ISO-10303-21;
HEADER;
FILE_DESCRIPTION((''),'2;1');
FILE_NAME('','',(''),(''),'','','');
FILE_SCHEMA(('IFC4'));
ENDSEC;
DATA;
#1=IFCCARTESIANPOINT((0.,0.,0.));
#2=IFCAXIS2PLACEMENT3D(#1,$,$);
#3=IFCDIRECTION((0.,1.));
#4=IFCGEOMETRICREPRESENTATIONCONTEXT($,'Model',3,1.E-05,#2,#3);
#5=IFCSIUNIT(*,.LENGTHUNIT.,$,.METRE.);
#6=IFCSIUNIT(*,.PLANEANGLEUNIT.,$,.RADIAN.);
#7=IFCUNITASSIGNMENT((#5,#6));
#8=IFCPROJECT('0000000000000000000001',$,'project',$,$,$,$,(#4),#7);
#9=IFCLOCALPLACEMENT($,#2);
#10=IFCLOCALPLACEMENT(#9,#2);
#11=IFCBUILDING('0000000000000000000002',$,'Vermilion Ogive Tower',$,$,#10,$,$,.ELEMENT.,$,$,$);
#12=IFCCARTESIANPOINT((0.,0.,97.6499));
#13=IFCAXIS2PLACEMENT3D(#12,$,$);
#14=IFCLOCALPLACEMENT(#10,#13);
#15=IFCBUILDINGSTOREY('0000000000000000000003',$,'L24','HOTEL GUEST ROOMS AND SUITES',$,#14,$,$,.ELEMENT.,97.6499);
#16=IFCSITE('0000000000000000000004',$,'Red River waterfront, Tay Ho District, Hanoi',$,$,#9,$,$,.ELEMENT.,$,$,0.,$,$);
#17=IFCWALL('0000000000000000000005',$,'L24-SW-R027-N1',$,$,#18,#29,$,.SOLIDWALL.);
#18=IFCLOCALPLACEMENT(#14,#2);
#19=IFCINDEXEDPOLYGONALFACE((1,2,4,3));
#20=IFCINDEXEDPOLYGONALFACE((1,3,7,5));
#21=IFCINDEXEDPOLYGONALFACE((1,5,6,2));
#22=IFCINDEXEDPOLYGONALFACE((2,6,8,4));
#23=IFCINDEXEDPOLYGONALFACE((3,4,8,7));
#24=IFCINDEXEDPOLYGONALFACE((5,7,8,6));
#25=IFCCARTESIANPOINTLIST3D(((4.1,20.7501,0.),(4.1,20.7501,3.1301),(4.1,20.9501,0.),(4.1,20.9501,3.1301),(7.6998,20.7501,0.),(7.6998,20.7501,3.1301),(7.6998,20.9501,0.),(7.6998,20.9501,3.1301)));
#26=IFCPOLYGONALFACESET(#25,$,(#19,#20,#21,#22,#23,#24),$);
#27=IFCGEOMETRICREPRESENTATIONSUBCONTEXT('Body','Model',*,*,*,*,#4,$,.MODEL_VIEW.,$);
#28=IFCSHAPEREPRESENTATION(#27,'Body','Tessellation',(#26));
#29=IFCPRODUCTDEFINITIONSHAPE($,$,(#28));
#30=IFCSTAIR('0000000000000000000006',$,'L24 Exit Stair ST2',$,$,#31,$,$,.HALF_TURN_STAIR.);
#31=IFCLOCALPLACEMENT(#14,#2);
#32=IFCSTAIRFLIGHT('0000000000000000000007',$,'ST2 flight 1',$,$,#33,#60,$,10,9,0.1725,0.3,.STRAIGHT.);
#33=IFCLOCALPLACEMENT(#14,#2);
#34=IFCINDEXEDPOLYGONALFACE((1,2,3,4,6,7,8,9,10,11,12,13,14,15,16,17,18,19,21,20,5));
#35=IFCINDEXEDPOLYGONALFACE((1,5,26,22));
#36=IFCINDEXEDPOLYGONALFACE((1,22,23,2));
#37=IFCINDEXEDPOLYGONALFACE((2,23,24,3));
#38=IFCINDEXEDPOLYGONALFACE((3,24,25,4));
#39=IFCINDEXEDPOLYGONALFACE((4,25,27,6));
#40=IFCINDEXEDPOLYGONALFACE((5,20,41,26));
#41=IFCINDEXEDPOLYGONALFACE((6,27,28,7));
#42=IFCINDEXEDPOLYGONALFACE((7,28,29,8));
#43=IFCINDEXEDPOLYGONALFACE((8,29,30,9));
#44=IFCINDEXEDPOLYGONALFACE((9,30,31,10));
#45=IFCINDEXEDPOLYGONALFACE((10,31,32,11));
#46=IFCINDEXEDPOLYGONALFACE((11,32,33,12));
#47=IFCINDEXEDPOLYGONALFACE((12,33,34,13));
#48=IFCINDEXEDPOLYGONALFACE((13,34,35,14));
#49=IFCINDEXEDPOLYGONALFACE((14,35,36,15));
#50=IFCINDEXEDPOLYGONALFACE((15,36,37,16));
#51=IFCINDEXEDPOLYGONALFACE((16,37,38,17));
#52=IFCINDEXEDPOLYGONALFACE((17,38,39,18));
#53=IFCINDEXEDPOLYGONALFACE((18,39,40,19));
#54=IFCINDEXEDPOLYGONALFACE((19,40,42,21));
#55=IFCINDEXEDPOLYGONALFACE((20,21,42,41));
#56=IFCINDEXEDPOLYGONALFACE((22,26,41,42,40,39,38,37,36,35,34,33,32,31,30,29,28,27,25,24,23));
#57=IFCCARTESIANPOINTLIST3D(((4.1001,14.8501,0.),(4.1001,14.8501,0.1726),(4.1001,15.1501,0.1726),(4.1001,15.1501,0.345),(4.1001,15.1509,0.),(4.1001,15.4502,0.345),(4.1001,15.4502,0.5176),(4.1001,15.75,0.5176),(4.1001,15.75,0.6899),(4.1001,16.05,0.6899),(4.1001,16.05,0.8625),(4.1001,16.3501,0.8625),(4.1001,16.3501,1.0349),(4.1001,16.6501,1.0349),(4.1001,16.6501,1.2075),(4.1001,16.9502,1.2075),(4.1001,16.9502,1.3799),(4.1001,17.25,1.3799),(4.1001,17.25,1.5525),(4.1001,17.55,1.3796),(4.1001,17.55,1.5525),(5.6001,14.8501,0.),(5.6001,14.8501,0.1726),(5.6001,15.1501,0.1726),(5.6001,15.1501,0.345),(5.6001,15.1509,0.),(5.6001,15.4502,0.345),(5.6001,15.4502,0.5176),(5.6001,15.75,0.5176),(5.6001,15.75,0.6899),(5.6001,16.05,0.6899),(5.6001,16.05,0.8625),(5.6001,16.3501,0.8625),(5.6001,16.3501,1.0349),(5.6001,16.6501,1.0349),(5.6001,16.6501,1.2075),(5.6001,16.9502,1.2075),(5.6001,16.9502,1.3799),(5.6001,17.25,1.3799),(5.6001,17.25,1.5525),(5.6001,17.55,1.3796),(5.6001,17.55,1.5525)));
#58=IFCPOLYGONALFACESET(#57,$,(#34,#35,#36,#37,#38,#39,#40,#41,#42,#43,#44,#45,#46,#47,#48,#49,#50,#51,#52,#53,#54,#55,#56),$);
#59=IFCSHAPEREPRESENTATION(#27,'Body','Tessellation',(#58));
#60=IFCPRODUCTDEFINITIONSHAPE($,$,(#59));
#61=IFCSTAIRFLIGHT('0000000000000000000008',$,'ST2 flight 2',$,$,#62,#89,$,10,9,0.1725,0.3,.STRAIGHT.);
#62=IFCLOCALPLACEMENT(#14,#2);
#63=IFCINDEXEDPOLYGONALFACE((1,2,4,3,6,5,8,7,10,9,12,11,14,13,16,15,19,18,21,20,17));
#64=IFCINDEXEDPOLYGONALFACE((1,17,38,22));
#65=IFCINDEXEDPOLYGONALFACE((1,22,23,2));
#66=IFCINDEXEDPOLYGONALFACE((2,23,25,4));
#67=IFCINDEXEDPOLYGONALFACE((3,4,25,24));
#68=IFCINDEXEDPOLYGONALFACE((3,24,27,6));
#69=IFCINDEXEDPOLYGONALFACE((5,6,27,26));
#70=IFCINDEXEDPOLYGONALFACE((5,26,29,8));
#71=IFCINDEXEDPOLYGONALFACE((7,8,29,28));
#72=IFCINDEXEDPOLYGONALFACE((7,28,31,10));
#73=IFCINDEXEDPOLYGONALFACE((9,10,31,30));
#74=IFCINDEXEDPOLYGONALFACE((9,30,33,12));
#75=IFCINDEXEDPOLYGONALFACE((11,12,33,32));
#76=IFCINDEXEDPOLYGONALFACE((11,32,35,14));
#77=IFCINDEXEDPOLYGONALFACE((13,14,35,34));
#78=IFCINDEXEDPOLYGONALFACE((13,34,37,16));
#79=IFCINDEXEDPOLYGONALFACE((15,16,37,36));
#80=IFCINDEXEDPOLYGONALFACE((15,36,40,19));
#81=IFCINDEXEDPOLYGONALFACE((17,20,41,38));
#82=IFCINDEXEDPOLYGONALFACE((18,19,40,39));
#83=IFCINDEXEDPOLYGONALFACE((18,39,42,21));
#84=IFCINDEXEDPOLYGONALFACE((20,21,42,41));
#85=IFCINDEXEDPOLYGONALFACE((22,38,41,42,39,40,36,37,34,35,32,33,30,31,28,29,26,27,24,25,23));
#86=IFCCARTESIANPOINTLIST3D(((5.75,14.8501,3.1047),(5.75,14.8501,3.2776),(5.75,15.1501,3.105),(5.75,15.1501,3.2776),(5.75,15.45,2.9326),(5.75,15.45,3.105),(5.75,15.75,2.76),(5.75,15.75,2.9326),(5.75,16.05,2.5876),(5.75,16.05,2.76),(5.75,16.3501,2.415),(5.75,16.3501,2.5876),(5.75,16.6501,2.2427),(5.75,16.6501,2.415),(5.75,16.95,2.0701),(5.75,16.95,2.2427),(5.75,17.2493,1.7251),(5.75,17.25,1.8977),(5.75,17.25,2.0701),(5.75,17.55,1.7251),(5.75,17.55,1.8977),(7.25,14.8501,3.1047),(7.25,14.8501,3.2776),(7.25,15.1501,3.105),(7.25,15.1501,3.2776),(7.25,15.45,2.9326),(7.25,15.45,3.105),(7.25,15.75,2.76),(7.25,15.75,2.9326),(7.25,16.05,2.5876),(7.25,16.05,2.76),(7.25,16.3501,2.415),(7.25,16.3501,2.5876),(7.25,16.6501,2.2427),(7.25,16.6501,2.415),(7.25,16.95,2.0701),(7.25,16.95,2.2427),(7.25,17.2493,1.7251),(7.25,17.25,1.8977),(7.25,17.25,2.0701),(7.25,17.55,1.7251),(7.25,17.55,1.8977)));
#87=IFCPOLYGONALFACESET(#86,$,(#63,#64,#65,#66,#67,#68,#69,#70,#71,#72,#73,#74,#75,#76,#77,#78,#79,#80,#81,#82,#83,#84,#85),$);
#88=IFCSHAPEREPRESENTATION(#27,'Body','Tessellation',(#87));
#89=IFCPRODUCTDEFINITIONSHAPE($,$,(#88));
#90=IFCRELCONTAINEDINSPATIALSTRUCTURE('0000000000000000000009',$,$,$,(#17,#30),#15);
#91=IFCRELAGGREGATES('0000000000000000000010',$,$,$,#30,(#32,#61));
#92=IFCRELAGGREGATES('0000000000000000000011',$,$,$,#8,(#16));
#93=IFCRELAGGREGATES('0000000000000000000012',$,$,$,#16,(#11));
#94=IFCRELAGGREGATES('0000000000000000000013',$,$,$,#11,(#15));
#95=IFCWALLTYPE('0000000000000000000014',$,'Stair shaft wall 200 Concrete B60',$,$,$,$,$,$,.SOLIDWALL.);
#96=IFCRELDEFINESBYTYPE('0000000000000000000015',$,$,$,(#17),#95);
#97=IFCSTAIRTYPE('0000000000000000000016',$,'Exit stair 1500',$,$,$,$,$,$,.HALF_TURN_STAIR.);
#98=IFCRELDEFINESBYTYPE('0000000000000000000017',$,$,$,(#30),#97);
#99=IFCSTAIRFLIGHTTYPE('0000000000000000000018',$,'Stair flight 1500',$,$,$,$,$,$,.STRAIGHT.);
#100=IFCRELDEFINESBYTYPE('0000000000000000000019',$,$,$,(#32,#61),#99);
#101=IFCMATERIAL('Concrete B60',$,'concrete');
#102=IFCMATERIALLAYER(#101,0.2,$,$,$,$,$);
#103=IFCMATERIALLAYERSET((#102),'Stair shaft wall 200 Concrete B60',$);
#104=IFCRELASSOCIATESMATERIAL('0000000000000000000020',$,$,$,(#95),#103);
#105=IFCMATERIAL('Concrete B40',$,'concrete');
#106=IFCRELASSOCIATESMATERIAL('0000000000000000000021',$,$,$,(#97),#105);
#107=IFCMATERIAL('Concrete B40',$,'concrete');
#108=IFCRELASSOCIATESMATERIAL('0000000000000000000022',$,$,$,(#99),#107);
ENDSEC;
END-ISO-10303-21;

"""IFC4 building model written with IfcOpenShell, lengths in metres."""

from ifc_helpers import new_model, si_unit, direction, frame, frame_2d, origin, place, context, subcontext, project, spatial, polyline, rectangle, outline, extrude, material, layer, layer_set, type_object, element, aggregate, save


model = new_model("IFC4")

# Units and contexts
model_context = context("Model", 3, precision=1e-05, world=origin(), true_north=direction((0.0, 1.0)))
body_context = subcontext(model_context, "Body", "Model", "MODEL_VIEW")
ifc_project = project(units=[si_unit("LENGTHUNIT", "METRE"), si_unit("PLANEANGLEUNIT", "RADIAN")], contexts=[model_context])

# Site, building, storey
site_placement = place(None, origin())
site = spatial("IfcSite", under=ifc_project, at=site_placement, Name="Red River waterfront, Tay Ho District, Hanoi", CompositionType="ELEMENT", RefElevation=0.0)
building_placement = place(site_placement, origin())
building = spatial("IfcBuilding", under=site, at=building_placement, Name="Vermilion Ogive Tower", CompositionType="ELEMENT")
storey_placement = place(building_placement, frame((0.0, 0.0, 97.6499)))
storey = spatial("IfcBuildingStorey", under=building, at=storey_placement, Name="L24", Description="HOTEL GUEST ROOMS AND SUITES", CompositionType="ELEMENT", Elevation=97.6499)

# Wall
ifc_material_1 = material(Name="Concrete B60", Category="concrete")
ifc_layer_1 = layer(ifc_material_1, 0.2)
ifc_layer_set_1 = layer_set([ifc_layer_1], Name="Stair shaft wall 200 Concrete B60")
wall_type_1 = type_object("IfcWallType", Name="Stair shaft wall 200 Concrete B60", PredefinedType="SOLIDWALL", material=ifc_layer_set_1)
wall_1_placement = place(storey_placement, frame((4.1001, 20.8501, 0.0), z_axis=(0.0, 0.0, 1.0), x_axis=(1.0, 0.0, 0.0)))
element("IfcWall", 1, at=wall_1_placement, inside=storey, type_object=wall_type_1, Name="L24-SW-R027-N1", PredefinedType="SOLIDWALL", context=body_context, shape_type="SweptSolid", body=[
    extrude(rectangle(XDim=3.5999, YDim=0.2, at=frame_2d((1.7998, 0.0))), origin(), (0.0, 0.0, 1.0), 3.1301),
])

# Stair, stair flights
ifc_material_2 = material(Name="Concrete B40", Category="concrete")
stair_type = type_object("IfcStairType", Name="Exit stair 1500", PredefinedType="HALF_TURN_STAIR", material=ifc_material_2)
stair_placement = place(storey_placement, origin())
stair = element("IfcStair", 2, at=stair_placement, inside=storey, type_object=stair_type, Name="L24 Exit Stair ST2", PredefinedType="HALF_TURN_STAIR")
ifc_material_3 = material(Name="Concrete B40", Category="concrete")
stair_flight_type = type_object("IfcStairFlightType", Name="Stair flight 1500", PredefinedType="STRAIGHT", material=ifc_material_3)
stair_flight_1_placement = place(storey_placement, frame((4.8501, 14.8501, 0.0), z_axis=(0.0, 0.0, 1.0), x_axis=(0.0, 1.0, 0.0)))
stair_flight_1 = element("IfcStairFlight", 3, at=stair_flight_1_placement, type_object=stair_flight_type, Name="ST2 flight 1", NumberOfRisers=10, NumberOfTreads=9, PredefinedType="STRAIGHT", RiserHeight=0.1725, TreadLength=0.3, context=body_context, shape_type="SweptSolid", body=[
    extrude(outline(polyline([(0.0, 0.0), (0.0, 0.1726), (0.3, 0.1726), (0.3, 0.345), (0.6001, 0.345), (0.6001, 0.5176), (0.8999, 0.5176), (0.8999, 0.6899), (1.2, 0.6899), (1.2, 0.8625), (1.5, 0.8625), (1.5, 1.0349), (1.8, 1.0349), (1.8, 1.2075), (2.1001, 1.2075), (2.1001, 1.3799), (2.3999, 1.3799), (2.3999, 1.5525), (2.7, 1.5525), (2.7, 1.7251), (2.7, 1.3796), (0.3008, 0.0), (0.0, 0.0)])), frame((0.0, 0.75, 0.0), z_axis=(0.0, -1.0, 0.0), x_axis=(1.0, 0.0, 0.0)), (0.0, 0.0, 1.0), 1.5),
])
stair_flight_2_placement = place(storey_placement, frame((6.5, 17.55, 1.7251), z_axis=(0.0, 0.0, 1.0), x_axis=(0.0, -1.0, 0.0)))
stair_flight_2 = element("IfcStairFlight", 4, at=stair_flight_2_placement, type_object=stair_flight_type, Name="ST2 flight 2", NumberOfRisers=10, NumberOfTreads=9, PredefinedType="STRAIGHT", RiserHeight=0.1725, TreadLength=0.3, context=body_context, shape_type="SweptSolid", body=[
    extrude(outline(polyline([(0.0, 0.0), (0.0, 0.1726), (0.3, 0.1726), (0.3, 0.345), (0.6001, 0.345), (0.6001, 0.5176), (0.8999, 0.5176), (0.8999, 0.6899), (1.2, 0.6899), (1.2, 0.8625), (1.5, 0.8625), (1.5, 1.0349), (1.8, 1.0349), (1.8, 1.2075), (2.1001, 1.2075), (2.1001, 1.3799), (2.3999, 1.3799), (2.3999, 1.5525), (2.7, 1.5525), (2.7, 1.7251), (2.7, 1.3796), (0.3008, 0.0), (0.0, 0.0)])), frame((0.0, 0.75, 0.0), z_axis=(0.0, -1.0, 0.0), x_axis=(1.0, 0.0, 0.0)), (0.0, 0.0, 1.0), 1.5),
])
aggregate(stair, [stair_flight_1, stair_flight_2])

save(model, "model.ifc")
